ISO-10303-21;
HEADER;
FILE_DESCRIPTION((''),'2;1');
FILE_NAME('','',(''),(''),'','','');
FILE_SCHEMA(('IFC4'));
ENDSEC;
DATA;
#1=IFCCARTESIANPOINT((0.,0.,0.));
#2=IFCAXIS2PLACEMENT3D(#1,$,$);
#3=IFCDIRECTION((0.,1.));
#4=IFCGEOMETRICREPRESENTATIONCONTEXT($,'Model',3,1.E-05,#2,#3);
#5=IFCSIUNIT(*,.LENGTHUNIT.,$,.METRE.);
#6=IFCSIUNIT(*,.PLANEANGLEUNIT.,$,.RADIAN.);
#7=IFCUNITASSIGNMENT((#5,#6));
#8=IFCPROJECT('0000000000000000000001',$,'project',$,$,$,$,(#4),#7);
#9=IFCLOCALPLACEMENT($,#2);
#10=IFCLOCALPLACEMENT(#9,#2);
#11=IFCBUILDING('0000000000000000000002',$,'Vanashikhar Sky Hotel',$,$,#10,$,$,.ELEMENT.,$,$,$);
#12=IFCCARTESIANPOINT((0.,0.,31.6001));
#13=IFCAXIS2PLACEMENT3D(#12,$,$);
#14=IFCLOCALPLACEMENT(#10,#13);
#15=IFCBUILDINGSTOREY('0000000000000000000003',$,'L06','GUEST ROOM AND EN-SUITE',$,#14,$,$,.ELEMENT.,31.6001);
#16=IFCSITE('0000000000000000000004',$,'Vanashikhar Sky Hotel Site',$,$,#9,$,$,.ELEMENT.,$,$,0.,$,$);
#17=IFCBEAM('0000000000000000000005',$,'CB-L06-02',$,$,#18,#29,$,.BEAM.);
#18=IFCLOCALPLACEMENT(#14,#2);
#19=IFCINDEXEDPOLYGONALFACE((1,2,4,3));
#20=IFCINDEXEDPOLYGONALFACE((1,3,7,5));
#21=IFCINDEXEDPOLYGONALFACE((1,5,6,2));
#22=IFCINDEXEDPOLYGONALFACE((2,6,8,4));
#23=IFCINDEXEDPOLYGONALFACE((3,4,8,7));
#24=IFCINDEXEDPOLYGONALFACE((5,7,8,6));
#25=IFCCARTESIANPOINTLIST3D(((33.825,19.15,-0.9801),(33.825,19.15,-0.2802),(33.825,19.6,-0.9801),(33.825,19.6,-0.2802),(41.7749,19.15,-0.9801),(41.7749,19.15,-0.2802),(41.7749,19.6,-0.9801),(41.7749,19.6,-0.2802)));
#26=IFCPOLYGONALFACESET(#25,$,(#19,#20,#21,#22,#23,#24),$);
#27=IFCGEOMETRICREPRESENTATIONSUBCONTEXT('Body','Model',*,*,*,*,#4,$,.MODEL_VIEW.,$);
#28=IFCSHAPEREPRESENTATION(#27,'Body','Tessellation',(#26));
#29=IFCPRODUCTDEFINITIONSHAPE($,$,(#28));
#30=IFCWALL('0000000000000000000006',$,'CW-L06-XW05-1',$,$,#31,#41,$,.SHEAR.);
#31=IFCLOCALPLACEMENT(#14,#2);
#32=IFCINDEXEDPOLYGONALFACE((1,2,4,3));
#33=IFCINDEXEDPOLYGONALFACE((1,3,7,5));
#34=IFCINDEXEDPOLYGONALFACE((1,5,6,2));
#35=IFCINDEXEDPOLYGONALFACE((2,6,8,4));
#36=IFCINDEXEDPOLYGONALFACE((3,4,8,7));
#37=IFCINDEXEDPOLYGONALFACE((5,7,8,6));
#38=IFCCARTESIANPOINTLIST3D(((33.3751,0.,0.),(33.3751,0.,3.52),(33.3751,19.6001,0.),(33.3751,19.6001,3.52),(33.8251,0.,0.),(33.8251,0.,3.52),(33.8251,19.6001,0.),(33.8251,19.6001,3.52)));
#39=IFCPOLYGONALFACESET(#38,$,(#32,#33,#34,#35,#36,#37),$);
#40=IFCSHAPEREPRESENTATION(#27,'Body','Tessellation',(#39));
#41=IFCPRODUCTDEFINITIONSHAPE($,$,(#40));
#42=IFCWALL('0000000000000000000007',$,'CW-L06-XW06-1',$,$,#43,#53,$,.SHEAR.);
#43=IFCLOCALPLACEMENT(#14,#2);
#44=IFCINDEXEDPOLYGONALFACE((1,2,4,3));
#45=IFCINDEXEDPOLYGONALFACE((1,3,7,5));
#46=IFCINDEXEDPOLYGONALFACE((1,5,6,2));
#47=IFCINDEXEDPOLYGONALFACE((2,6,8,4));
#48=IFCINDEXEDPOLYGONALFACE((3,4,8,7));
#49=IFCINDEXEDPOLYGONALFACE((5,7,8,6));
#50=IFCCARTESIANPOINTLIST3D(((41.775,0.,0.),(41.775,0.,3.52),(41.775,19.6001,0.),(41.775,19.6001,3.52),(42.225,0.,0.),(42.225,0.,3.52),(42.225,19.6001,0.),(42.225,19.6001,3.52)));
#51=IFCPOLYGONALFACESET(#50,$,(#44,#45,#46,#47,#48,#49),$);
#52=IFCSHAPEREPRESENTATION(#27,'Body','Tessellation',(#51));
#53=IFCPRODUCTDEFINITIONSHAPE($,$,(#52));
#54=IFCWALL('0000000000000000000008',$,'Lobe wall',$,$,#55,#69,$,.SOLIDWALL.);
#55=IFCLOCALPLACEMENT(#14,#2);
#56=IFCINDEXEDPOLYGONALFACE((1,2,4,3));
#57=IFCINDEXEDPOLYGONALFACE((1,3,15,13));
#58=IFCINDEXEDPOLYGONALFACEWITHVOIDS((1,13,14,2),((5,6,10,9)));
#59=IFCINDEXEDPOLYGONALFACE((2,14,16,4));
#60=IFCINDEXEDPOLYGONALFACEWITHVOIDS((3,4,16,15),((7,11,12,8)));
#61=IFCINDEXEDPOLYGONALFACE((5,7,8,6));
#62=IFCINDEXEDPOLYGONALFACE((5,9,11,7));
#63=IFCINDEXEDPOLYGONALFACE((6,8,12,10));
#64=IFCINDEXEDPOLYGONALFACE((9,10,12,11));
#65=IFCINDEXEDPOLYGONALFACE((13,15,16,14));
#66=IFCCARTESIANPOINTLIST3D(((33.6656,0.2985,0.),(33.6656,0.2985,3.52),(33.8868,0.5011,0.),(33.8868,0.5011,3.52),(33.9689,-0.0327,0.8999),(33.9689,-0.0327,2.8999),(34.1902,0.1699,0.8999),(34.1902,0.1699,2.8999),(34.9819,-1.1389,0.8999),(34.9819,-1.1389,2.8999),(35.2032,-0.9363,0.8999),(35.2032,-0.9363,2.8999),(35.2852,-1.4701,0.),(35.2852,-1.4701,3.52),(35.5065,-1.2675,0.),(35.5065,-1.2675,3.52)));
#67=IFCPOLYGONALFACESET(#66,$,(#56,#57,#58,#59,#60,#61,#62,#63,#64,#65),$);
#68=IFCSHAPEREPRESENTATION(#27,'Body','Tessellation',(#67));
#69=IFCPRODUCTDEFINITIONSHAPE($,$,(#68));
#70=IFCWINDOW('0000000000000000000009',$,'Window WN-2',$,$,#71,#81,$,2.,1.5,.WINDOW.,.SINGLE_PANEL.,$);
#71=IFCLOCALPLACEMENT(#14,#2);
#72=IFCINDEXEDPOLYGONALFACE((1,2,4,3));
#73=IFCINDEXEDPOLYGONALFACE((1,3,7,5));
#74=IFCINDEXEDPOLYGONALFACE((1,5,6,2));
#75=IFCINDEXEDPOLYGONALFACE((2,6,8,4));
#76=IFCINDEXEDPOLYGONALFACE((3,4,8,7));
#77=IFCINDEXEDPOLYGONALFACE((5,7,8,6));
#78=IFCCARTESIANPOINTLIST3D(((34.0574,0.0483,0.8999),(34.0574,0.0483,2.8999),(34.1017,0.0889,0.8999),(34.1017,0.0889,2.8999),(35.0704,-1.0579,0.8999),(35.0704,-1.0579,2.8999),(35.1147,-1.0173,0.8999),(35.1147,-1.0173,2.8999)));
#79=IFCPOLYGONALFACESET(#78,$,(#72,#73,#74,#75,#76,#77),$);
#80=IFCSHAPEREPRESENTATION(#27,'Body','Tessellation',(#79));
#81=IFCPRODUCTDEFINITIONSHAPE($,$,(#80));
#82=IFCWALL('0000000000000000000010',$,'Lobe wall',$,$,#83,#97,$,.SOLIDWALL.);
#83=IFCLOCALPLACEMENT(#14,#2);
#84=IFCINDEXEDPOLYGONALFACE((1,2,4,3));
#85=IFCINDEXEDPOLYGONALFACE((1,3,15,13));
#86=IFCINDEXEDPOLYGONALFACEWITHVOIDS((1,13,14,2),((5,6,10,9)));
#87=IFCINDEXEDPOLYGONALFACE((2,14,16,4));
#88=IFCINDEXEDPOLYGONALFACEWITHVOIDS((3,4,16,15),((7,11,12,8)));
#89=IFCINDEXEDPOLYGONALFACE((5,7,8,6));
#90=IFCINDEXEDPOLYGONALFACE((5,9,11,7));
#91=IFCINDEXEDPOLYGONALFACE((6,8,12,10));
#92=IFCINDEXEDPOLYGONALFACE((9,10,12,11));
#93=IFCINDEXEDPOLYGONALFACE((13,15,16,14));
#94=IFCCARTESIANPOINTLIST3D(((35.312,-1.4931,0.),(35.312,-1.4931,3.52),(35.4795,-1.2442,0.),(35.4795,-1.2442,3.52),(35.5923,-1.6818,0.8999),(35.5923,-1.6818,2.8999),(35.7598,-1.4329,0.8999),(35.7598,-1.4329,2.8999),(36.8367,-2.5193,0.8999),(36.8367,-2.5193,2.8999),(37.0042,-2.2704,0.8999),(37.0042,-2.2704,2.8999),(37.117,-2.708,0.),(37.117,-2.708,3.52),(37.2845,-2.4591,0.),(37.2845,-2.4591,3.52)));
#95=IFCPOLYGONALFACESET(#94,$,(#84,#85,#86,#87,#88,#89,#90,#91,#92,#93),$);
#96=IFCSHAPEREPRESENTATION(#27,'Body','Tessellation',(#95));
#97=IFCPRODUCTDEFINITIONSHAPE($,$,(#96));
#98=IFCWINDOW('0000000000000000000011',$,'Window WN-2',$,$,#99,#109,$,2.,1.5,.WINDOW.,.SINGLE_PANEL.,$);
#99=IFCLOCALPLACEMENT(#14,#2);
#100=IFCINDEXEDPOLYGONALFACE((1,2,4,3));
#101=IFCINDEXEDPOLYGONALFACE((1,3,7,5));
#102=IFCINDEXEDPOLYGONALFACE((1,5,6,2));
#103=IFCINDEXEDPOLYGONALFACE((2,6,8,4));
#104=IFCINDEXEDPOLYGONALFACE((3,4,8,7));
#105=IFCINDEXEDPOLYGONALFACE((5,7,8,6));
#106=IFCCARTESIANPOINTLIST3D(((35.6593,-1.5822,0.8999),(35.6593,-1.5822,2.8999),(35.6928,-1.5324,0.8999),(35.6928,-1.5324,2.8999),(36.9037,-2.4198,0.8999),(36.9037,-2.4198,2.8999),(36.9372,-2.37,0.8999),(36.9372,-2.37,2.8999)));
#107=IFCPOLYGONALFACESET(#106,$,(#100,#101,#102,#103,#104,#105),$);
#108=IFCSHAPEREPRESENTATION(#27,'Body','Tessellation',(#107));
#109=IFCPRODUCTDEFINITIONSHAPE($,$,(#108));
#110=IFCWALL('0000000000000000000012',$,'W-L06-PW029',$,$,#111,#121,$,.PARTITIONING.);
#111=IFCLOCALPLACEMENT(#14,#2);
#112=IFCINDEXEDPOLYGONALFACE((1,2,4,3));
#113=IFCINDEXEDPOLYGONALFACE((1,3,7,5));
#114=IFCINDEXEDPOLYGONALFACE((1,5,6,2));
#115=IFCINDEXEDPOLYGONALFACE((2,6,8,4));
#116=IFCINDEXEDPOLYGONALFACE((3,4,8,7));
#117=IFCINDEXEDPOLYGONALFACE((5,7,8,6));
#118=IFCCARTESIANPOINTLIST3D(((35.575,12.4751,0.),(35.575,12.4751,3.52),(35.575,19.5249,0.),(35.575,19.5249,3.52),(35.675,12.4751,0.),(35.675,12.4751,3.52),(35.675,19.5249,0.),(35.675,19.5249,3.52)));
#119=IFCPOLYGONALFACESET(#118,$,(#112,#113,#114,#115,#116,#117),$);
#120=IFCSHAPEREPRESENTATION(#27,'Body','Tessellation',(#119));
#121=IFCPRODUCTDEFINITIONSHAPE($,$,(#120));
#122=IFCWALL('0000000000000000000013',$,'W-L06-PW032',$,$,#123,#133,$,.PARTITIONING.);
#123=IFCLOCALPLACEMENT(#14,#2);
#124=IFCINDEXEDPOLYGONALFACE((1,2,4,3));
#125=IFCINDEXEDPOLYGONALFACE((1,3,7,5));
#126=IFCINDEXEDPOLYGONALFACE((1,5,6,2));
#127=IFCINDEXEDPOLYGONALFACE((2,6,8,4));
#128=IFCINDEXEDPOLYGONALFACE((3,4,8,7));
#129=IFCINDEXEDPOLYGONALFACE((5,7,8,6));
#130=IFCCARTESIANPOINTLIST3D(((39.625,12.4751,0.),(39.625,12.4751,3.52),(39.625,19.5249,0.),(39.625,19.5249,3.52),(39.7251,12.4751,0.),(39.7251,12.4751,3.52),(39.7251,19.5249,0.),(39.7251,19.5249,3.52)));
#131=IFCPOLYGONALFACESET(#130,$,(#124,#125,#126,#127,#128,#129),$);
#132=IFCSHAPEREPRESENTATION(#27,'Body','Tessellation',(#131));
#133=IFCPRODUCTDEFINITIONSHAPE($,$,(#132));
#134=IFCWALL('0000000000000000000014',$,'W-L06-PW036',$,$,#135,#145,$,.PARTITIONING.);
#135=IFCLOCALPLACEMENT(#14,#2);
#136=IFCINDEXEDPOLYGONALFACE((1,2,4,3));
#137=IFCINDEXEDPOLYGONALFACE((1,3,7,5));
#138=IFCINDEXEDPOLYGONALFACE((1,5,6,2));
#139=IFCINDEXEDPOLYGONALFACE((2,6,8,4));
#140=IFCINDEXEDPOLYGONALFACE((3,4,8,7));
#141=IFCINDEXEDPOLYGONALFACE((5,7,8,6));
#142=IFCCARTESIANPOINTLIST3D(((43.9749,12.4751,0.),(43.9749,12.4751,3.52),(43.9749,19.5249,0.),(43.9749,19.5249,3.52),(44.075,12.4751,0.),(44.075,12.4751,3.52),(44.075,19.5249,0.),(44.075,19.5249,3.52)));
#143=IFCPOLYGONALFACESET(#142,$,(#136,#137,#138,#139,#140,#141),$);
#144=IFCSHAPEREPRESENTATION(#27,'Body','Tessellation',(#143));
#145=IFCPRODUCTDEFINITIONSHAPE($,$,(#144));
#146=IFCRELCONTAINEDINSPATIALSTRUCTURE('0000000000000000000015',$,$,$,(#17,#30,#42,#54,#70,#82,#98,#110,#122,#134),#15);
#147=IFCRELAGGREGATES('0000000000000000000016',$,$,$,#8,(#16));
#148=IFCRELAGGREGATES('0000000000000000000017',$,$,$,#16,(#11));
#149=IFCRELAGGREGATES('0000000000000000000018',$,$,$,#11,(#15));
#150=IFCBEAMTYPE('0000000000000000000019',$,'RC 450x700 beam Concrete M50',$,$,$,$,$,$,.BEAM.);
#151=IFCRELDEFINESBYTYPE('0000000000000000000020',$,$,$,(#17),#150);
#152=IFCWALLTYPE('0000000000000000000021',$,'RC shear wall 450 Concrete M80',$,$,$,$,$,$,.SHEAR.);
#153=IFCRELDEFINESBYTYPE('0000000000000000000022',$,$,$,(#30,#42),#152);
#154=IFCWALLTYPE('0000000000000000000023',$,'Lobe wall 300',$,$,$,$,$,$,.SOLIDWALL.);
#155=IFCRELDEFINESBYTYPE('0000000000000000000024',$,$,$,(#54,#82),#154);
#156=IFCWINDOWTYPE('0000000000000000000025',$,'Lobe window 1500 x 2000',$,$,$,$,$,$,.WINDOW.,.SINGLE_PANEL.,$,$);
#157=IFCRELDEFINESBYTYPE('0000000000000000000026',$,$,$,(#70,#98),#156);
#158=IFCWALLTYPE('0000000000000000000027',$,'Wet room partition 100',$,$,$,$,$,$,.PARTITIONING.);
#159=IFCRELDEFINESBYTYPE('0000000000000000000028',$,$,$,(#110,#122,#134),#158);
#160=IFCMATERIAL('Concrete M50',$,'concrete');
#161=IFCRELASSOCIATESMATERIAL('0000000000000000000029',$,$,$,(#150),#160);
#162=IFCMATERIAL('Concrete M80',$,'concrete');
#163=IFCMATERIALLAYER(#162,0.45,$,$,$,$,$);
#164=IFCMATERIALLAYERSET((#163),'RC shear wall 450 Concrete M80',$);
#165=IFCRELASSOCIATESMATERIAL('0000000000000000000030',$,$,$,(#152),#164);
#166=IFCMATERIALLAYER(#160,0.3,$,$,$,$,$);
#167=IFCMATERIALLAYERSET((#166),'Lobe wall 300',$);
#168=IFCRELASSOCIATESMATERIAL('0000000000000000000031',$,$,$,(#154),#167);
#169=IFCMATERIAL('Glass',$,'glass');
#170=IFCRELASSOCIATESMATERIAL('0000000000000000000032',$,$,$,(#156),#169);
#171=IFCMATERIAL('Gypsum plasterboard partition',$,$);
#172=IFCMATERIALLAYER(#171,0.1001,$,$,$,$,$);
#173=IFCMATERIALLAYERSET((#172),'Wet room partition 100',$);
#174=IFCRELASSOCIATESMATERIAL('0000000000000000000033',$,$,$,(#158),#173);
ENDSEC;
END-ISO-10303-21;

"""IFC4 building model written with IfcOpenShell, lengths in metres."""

from ifc_helpers import new_model, si_unit, direction, frame, frame_2d, origin, origin_2d, place, context, subcontext, project, spatial, rectangle, extrude, source, transform, mapped, material, layer, layer_set, material_profile, profile_set, type_object, element, fill, save


model = new_model("IFC4")

# Units and contexts
model_context = context("Model", 3, precision=1e-05, world=origin(), true_north=direction((0.0, 1.0)))
body_context = subcontext(model_context, "Body", "Model", "MODEL_VIEW")
ifc_project = project(units=[si_unit("LENGTHUNIT", "METRE"), si_unit("PLANEANGLEUNIT", "RADIAN")], contexts=[model_context])

# Site, building, storey
site_placement = place(None, origin())
site = spatial("IfcSite", under=ifc_project, at=site_placement, Name="Vanashikhar Sky Hotel Site", CompositionType="ELEMENT", RefElevation=0.0)
building_placement = place(site_placement, origin())
building = spatial("IfcBuilding", under=site, at=building_placement, Name="Vanashikhar Sky Hotel", CompositionType="ELEMENT")
storey_placement = place(building_placement, frame((0.0, 0.0, 31.6001)))
storey = spatial("IfcBuildingStorey", under=building, at=storey_placement, Name="L06", Description="GUEST ROOM AND EN-SUITE", CompositionType="ELEMENT", Elevation=31.6001)

# Beam
ifc_material_1 = material(Name="Concrete M50", Category="concrete")
ifc_material_profile_1 = material_profile(ifc_material_1, rectangle(XDim=0.45, YDim=0.7, at=origin_2d()))
ifc_profile_set_1 = profile_set([ifc_material_profile_1], Name="RC 450x700 beam Concrete M50")
beam_type = type_object("IfcBeamType", Name="RC 450x700 beam Concrete M50", PredefinedType="BEAM", material=ifc_profile_set_1)
shared_shape_1 = source(origin(), body_context, "Body", "SweptSolid", [
    extrude(rectangle(XDim=0.45, YDim=0.7, at=origin_2d()), origin(), (0.0, 0.0, 1.0), 7.95),
])
beam_placement = place(storey_placement, frame((33.825, 19.375, -0.6301), z_axis=(1.0, 0.0, 0.0), x_axis=(0.0, 1.0, 0.0)))
element("IfcBeam", 1, at=beam_placement, inside=storey, type_object=beam_type, Name="CB-L06-02", PredefinedType="BEAM", context=body_context, shape_type="MappedRepresentation", body=[
    mapped(shared_shape_1, transform((0.0, 0.0, 0.0), scale=1.0)),
])

# Walls
ifc_material_2 = material(Name="Concrete M80", Category="concrete")
ifc_layer_1 = layer(ifc_material_2, 0.45)
ifc_layer_set_1 = layer_set([ifc_layer_1], Name="RC shear wall 450 Concrete M80")
wall_type_1 = type_object("IfcWallType", Name="RC shear wall 450 Concrete M80", PredefinedType="SHEAR", material=ifc_layer_set_1)
shared_shape_2 = source(origin(), body_context, "Body", "SweptSolid", [
    extrude(rectangle(XDim=19.6001, YDim=0.45, at=frame_2d((9.8, 0.0))), origin(), (0.0, 0.0, 1.0), 3.52),
])
for number, where, z_axis, x_axis, name in (
    (2, (33.6001, 0.0, 0.0), (0.0, 0.0, 1.0), (0.0, 1.0, 0.0), "CW-L06-XW05-1"),
    (3, (42.0, 0.0, 0.0), (0.0, 0.0, 1.0), (0.0, 1.0, 0.0), "CW-L06-XW06-1"),
):
    element("IfcWall", number, at=place(storey_placement, frame(where, z_axis=z_axis, x_axis=x_axis)), inside=storey, type_object=wall_type_1, Name=name, PredefinedType="SHEAR", context=body_context, shape_type="MappedRepresentation", body=[
        mapped(shared_shape_2, transform((0.0, 0.0, 0.0), scale=1.0)),
    ])

# Walls, openings, windows
ifc_layer_2 = layer(ifc_material_1, 0.3)
ifc_layer_set_2 = layer_set([ifc_layer_2], Name="Lobe wall 300")
wall_type_2 = type_object("IfcWallType", Name="Lobe wall 300", PredefinedType="SOLIDWALL", material=ifc_layer_set_2)
shared_shape_3 = source(origin(), body_context, "Body", "SweptSolid", [
    extrude(rectangle(XDim=2.3982, YDim=0.3, at=frame_2d((1.1992, 0.0))), origin(), (0.0, 0.0, 1.0), 3.52),
])
wall_1_placement = place(storey_placement, frame((33.7761, 0.3999, 0.0), z_axis=(0.0, 0.0, 1.0), x_axis=(0.675374, -0.737475, 0.0)))
wall_1 = element("IfcWall", 4, at=wall_1_placement, inside=storey, type_object=wall_type_2, Name="Lobe wall", PredefinedType="SOLIDWALL", context=body_context, shape_type="MappedRepresentation", body=[
    mapped(shared_shape_3, transform((0.0, 0.0, 0.0), scale=1.0)),
])
shared_shape_4 = source(origin(), body_context, "Body", "SweptSolid", [
    extrude(rectangle(XDim=1.5, YDim=2.0, at=frame_2d((0.75, 1.0))), frame((0.0, 0.1602, 0.0), z_axis=(0.0, -1.0, 0.0), x_axis=(1.0, 0.0, 0.0)), (0.0, 0.0, 1.0), 0.3201),
])
opening_1_placement = place(wall_1_placement, frame((0.4492, 0.0, 0.8999)))
opening_1 = element("IfcOpeningElement", 5, at=opening_1_placement, cuts=wall_1, PredefinedType="OPENING", context=body_context, shape_type="MappedRepresentation", body=[
    mapped(shared_shape_4, transform((0.0, 0.0, 0.0), scale=1.0)),
])
ifc_material_3 = material(Name="Glass", Category="glass")
window_type = type_object("IfcWindowType", Name="Lobe window 1500 x 2000", PartitioningType="SINGLE_PANEL", PredefinedType="WINDOW", material=ifc_material_3)
shared_shape_5 = source(origin(), body_context, "Body", "SweptSolid", [
    extrude(rectangle(XDim=1.5, YDim=2.0, at=frame_2d((0.75, 1.0))), frame((0.0, 0.03, 0.0), z_axis=(0.0, -1.0, 0.0), x_axis=(1.0, 0.0, 0.0)), (0.0, 0.0, 1.0), 0.0601),
])
window_1_placement = place(opening_1_placement, origin())
window_1 = element("IfcWindow", 6, at=window_1_placement, inside=storey, type_object=window_type, Name="Window WN-2", OverallHeight=2.0, OverallWidth=1.5, PartitioningType="SINGLE_PANEL", PredefinedType="WINDOW", context=body_context, shape_type="MappedRepresentation", body=[
    mapped(shared_shape_5, transform((0.0, 0.0, 0.0), scale=1.0)),
])
fill(opening_1, window_1)
shared_shape_6 = source(origin(), body_context, "Body", "SweptSolid", [
    extrude(rectangle(XDim=2.1758, YDim=0.3, at=frame_2d((1.0879, 0.0))), origin(), (0.0, 0.0, 1.0), 3.52),
])
wall_2_placement = place(storey_placement, frame((35.3958, -1.3687, 0.0), z_axis=(0.0, 0.0, 1.0), x_axis=(0.829591, -0.558372, 0.0)))
wall_2 = element("IfcWall", 7, at=wall_2_placement, inside=storey, type_object=wall_type_2, Name="Lobe wall", PredefinedType="SOLIDWALL", context=body_context, shape_type="MappedRepresentation", body=[
    mapped(shared_shape_6, transform((0.0, 0.0, 0.0), scale=1.0)),
])
opening_2_placement = place(wall_2_placement, frame((0.3379, 0.0, 0.8999)))
opening_2 = element("IfcOpeningElement", 8, at=opening_2_placement, cuts=wall_2, PredefinedType="OPENING", context=body_context, shape_type="MappedRepresentation", body=[
    mapped(shared_shape_4, transform((0.0, 0.0, 0.0), scale=1.0)),
])
window_2_placement = place(opening_2_placement, origin())
window_2 = element("IfcWindow", 9, at=window_2_placement, inside=storey, type_object=window_type, Name="Window WN-2", OverallHeight=2.0, OverallWidth=1.5, PartitioningType="SINGLE_PANEL", PredefinedType="WINDOW", context=body_context, shape_type="MappedRepresentation", body=[
    mapped(shared_shape_5, transform((0.0, 0.0, 0.0), scale=1.0)),
])
fill(opening_2, window_2)

# Walls
ifc_material_4 = material(Name="Gypsum plasterboard partition")
ifc_layer_3 = layer(ifc_material_4, 0.1001)
ifc_layer_set_3 = layer_set([ifc_layer_3], Name="Wet room partition 100")
wall_type_3 = type_object("IfcWallType", Name="Wet room partition 100", PredefinedType="PARTITIONING", material=ifc_layer_set_3)
shared_shape_7 = source(origin(), body_context, "Body", "SweptSolid", [
    extrude(rectangle(XDim=7.0498, YDim=0.1001, at=frame_2d((3.5249, 0.0))), origin(), (0.0, 0.0, 1.0), 3.52),
])
for number, where, z_axis, x_axis, name in (
    (10, (35.625, 12.4751, 0.0), (0.0, 0.0, 1.0), (0.0, 1.0, 0.0), "W-L06-PW029"),
    (11, (39.675, 12.4751, 0.0), (0.0, 0.0, 1.0), (0.0, 1.0, 0.0), "W-L06-PW032"),
    (12, (44.0249, 12.4751, 0.0), (0.0, 0.0, 1.0), (0.0, 1.0, 0.0), "W-L06-PW036"),
):
    element("IfcWall", number, at=place(storey_placement, frame(where, z_axis=z_axis, x_axis=x_axis)), inside=storey, type_object=wall_type_3, Name=name, PredefinedType="PARTITIONING", context=body_context, shape_type="MappedRepresentation", body=[
        mapped(shared_shape_7, transform((0.0, 0.0, 0.0), scale=1.0)),
    ])

save(model, "model.ifc")
